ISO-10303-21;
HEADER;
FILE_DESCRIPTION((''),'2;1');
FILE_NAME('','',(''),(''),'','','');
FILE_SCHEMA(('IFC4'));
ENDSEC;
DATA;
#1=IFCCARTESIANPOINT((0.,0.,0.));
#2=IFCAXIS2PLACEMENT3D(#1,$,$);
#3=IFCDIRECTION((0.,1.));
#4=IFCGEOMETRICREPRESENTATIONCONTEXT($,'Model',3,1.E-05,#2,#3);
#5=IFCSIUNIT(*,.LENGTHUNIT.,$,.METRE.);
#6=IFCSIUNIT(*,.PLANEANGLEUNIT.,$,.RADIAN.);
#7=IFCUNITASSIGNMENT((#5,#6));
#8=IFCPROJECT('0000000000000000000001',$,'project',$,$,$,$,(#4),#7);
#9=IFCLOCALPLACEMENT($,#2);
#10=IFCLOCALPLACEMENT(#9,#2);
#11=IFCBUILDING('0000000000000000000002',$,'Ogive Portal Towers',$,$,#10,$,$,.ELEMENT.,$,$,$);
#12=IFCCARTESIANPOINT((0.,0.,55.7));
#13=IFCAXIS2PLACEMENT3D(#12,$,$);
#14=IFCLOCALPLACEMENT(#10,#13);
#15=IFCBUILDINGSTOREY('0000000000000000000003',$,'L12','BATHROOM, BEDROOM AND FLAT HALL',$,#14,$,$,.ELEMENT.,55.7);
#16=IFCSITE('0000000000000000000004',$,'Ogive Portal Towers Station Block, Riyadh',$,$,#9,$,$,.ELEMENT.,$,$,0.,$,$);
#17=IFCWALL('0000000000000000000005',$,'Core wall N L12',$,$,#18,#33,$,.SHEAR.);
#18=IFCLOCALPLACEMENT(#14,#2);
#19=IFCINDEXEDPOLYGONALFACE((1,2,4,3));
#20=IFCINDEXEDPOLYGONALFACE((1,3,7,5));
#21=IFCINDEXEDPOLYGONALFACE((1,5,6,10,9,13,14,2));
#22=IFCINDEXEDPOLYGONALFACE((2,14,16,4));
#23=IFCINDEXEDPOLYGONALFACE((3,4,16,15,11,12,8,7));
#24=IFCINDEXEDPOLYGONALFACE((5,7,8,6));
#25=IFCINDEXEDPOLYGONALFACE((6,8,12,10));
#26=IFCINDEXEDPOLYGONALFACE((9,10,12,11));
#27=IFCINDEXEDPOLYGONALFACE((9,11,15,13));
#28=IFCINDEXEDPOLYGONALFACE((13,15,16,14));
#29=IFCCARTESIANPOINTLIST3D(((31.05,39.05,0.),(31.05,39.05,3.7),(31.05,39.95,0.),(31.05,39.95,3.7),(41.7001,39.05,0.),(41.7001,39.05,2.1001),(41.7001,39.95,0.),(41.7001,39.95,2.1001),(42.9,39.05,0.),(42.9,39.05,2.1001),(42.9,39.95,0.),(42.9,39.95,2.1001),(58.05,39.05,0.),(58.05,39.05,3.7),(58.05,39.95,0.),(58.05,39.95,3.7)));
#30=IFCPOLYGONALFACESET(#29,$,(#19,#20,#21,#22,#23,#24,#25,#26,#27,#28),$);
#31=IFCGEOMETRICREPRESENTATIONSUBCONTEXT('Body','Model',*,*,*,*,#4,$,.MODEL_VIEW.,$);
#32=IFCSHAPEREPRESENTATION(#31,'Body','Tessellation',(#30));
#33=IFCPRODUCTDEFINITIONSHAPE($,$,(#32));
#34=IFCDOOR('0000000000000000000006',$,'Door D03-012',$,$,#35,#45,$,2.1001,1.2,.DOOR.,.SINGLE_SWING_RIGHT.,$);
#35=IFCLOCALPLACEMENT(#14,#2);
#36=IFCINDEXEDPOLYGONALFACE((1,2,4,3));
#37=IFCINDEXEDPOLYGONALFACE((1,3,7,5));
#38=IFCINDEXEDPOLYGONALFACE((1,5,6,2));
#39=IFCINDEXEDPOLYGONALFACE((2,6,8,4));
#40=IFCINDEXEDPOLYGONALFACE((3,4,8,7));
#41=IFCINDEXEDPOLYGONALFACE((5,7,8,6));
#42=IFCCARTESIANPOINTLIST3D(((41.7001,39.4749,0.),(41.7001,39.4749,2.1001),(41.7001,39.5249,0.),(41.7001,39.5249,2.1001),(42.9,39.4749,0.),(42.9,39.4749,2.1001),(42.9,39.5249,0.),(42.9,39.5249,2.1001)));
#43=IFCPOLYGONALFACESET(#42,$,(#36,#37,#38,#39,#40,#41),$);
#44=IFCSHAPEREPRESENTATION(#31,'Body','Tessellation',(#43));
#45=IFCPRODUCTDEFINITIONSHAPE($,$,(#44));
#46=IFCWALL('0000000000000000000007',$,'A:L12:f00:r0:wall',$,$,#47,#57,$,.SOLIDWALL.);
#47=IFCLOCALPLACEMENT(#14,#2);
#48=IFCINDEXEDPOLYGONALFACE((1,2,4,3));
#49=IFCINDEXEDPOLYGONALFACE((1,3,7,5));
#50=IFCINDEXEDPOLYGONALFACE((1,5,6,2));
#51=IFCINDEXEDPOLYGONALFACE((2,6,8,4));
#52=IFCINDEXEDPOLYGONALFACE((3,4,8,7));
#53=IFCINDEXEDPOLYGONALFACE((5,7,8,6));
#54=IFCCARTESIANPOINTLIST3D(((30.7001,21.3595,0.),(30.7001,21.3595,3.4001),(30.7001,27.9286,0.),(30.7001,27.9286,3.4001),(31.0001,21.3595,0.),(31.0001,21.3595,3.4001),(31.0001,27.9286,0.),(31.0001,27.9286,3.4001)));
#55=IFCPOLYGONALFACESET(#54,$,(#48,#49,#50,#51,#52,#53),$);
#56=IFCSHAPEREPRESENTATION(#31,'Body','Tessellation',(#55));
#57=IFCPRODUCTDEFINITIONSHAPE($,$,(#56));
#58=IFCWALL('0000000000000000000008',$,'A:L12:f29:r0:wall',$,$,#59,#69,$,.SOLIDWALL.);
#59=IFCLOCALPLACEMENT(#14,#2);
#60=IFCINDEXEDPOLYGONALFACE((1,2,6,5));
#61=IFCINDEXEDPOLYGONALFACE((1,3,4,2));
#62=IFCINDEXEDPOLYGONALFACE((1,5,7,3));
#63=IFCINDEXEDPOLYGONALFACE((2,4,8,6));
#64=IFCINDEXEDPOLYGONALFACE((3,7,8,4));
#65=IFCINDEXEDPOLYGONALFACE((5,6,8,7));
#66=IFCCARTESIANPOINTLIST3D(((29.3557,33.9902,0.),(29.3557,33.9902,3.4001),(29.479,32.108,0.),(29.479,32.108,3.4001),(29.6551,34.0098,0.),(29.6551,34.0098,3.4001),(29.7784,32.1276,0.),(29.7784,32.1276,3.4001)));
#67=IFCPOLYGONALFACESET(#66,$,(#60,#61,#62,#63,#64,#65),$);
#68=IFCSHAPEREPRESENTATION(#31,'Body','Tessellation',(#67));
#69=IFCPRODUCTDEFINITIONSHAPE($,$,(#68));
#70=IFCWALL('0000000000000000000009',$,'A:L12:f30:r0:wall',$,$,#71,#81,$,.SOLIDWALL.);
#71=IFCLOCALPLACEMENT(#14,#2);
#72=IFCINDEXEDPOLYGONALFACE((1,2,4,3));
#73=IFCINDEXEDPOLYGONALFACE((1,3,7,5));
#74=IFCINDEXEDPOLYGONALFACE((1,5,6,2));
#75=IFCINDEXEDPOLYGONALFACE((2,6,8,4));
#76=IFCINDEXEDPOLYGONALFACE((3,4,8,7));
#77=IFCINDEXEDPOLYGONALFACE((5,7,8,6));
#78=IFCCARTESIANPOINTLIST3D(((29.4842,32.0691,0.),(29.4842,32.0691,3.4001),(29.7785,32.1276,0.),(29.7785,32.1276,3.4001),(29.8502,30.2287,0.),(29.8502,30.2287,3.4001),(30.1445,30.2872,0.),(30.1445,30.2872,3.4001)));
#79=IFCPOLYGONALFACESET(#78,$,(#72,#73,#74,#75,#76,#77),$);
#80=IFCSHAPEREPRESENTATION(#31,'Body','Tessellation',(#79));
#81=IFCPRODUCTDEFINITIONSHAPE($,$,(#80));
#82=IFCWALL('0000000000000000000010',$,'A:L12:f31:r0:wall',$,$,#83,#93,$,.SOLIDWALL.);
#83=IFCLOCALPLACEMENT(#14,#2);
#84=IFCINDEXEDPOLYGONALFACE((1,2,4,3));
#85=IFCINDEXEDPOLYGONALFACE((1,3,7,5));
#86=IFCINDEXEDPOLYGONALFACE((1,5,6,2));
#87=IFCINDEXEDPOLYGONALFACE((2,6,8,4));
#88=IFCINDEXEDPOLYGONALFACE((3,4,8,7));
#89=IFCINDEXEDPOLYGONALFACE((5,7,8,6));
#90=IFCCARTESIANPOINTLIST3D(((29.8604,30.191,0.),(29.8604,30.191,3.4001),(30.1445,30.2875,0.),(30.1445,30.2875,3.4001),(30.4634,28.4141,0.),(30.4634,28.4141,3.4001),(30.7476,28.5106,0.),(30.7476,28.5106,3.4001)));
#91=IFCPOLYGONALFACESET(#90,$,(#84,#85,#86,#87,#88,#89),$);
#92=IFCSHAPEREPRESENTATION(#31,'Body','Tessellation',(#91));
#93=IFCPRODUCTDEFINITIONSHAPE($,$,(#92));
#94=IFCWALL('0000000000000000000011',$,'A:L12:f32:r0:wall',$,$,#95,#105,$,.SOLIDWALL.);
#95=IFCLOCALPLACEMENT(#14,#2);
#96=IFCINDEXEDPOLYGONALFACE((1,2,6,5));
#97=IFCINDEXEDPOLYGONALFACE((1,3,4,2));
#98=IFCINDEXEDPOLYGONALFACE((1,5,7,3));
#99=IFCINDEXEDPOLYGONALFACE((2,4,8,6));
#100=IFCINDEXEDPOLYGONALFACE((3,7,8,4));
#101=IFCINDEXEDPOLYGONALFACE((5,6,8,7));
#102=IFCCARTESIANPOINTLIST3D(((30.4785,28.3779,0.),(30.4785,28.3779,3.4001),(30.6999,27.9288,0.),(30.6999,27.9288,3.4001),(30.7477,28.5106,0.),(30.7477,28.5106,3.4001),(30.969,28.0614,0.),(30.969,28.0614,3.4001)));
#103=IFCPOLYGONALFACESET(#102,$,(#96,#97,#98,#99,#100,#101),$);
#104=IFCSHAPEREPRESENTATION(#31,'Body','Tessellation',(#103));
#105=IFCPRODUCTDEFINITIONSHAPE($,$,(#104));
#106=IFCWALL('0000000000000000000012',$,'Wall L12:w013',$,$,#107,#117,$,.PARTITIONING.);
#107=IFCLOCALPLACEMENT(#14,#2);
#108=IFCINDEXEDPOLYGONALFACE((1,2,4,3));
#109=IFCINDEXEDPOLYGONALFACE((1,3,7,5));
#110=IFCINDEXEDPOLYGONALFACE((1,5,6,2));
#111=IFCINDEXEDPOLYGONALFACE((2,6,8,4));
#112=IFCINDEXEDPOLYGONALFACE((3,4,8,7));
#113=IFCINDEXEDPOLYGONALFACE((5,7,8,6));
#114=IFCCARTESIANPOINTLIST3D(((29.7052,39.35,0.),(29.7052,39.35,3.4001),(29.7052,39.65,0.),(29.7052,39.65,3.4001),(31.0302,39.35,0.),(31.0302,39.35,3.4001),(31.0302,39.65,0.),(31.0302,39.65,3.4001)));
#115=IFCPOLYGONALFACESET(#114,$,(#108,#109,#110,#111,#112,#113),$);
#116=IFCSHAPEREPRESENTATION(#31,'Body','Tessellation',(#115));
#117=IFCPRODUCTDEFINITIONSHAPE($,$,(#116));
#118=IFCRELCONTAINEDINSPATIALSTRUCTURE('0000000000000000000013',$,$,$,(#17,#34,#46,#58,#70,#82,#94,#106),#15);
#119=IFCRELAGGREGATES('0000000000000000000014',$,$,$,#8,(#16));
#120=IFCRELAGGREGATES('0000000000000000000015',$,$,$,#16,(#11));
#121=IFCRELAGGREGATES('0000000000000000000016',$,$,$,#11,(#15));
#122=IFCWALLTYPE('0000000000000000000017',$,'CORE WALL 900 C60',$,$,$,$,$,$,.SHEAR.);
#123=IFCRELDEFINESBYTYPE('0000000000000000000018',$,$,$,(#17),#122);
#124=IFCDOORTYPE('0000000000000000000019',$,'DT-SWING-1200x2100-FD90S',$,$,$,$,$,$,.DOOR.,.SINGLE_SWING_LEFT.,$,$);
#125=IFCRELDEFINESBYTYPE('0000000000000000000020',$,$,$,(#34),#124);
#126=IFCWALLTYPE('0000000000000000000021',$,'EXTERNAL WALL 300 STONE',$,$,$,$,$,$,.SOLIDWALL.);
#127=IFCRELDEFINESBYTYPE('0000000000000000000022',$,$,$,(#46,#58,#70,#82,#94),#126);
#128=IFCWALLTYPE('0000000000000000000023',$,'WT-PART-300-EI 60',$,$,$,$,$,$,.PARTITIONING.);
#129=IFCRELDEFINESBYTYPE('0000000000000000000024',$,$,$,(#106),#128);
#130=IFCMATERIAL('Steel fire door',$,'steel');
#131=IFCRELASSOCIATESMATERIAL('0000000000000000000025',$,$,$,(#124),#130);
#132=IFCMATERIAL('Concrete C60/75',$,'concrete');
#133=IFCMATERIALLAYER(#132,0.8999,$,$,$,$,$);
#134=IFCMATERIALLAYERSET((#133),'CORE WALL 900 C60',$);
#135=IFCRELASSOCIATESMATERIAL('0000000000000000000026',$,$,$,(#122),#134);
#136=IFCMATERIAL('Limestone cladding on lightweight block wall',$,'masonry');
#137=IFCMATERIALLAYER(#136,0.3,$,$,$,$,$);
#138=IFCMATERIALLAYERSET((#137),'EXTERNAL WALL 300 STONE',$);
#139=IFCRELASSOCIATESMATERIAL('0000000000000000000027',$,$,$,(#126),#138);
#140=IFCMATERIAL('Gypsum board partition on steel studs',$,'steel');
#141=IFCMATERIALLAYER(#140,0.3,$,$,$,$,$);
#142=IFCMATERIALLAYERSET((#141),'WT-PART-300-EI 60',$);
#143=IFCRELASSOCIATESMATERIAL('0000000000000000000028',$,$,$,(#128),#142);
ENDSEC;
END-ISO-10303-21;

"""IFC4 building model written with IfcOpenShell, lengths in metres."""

from ifc_helpers import new_model, si_unit, direction, frame, frame_2d, origin, place, context, subcontext, project, spatial, rectangle, extrude, material, layer, layer_set, type_object, element, fill, save


model = new_model("IFC4")

# Units and contexts
model_context = context("Model", 3, precision=1e-05, world=origin(), true_north=direction((0.0, 1.0)))
body_context = subcontext(model_context, "Body", "Model", "MODEL_VIEW")
ifc_project = project(units=[si_unit("LENGTHUNIT", "METRE"), si_unit("PLANEANGLEUNIT", "RADIAN")], contexts=[model_context])

# Site, building, storey
site_placement = place(None, origin())
site = spatial("IfcSite", under=ifc_project, at=site_placement, Name="Ogive Portal Towers Station Block, Riyadh", CompositionType="ELEMENT", RefElevation=0.0)
building_placement = place(site_placement, origin())
building = spatial("IfcBuilding", under=site, at=building_placement, Name="Ogive Portal Towers", CompositionType="ELEMENT")
storey_placement = place(building_placement, frame((0.0, 0.0, 55.7)))
storey = spatial("IfcBuildingStorey", under=building, at=storey_placement, Name="L12", Description="BATHROOM, BEDROOM AND FLAT HALL", CompositionType="ELEMENT", Elevation=55.7)

# Shared definitions
ifc_material_1 = material(Name="Concrete C60/75", Category="concrete")
ifc_material_2 = material(Name="Steel fire door", Category="steel")
door_type_1 = type_object("IfcDoorType", Name="DT-SWING-1200x2100-FD90S", OperationType="SINGLE_SWING_LEFT", PredefinedType="DOOR", material=ifc_material_2)

# Shared definitions
ifc_layer_1 = layer(ifc_material_1, 0.8999)
ifc_layer_set_1 = layer_set([ifc_layer_1], Name="CORE WALL 900 C60")
wall_type_1 = type_object("IfcWallType", Name="CORE WALL 900 C60", PredefinedType="SHEAR", material=ifc_layer_set_1)

# Wall, opening, door
wall_1_placement = place(storey_placement, frame((31.05, 39.5, 0.0), z_axis=(0.0, 0.0, 1.0), x_axis=(1.0, 0.0, 0.0)))
wall_1 = element("IfcWall", 1, at=wall_1_placement, inside=storey, type_object=wall_type_1, Name="Core wall N L12", PredefinedType="SHEAR", context=body_context, shape_type="SweptSolid", body=[
    extrude(rectangle(XDim=27.0, YDim=0.8999, at=frame_2d((13.5, 0.0))), origin(), (0.0, 0.0, 1.0), 3.7),
])
opening_1_placement = place(wall_1_placement, frame((10.6499, 0.0, 0.0)))
opening_1 = element("IfcOpeningElement", 2, at=opening_1_placement, cuts=wall_1, PredefinedType="OPENING", context=body_context, shape_type="SweptSolid", body=[
    extrude(rectangle(XDim=1.2, YDim=2.1001, at=frame_2d((0.6001, 1.05))), frame((0.0, 0.46, 0.0), z_axis=(0.0, -1.0, 0.0), x_axis=(1.0, 0.0, 0.0)), (0.0, 0.0, 1.0), 0.9199),
])
door_1_placement = place(opening_1_placement, origin())
door_1 = element("IfcDoor", 3, at=door_1_placement, inside=storey, type_object=door_type_1, Name="Door D03-012", OperationType="SINGLE_SWING_RIGHT", OverallHeight=2.1001, OverallWidth=1.2, PredefinedType="DOOR", context=body_context, shape_type="SweptSolid", body=[
    extrude(rectangle(XDim=1.2, YDim=2.1001, at=frame_2d((0.6001, 1.05))), frame((0.0, 0.0249, 0.0), z_axis=(0.0, -1.0, 0.0), x_axis=(1.0, 0.0, 0.0)), (0.0, 0.0, 1.0), 0.05),
])
fill(opening_1, door_1)

# Walls
ifc_material_3 = material(Name="Limestone cladding on lightweight block wall", Category="masonry")
ifc_layer_2 = layer(ifc_material_3, 0.3)
ifc_layer_set_2 = layer_set([ifc_layer_2], Name="EXTERNAL WALL 300 STONE")
wall_type_2 = type_object("IfcWallType", Name="EXTERNAL WALL 300 STONE", PredefinedType="SOLIDWALL", material=ifc_layer_set_2)
wall_2_placement = place(storey_placement, frame((30.8501, 27.9287, 0.0), z_axis=(0.0, 0.0, 1.0), x_axis=(0.0, -1.0, 0.0)))
element("IfcWall", 4, at=wall_2_placement, inside=storey, type_object=wall_type_2, Name="A:L12:f00:r0:wall", PredefinedType="SOLIDWALL", context=body_context, shape_type="SweptSolid", body=[
    extrude(rectangle(XDim=6.5691, YDim=0.3, at=frame_2d((3.2847, 0.0))), origin(), (0.0, 0.0, 1.0), 3.4001),
])
wall_3_placement = place(storey_placement, frame((29.5054, 34.0, 0.0), z_axis=(0.0, 0.0, 1.0), x_axis=(0.065368, -0.997861, 0.0)))
element("IfcWall", 5, at=wall_3_placement, inside=storey, type_object=wall_type_2, Name="A:L12:f29:r0:wall", PredefinedType="SOLIDWALL", context=body_context, shape_type="SweptSolid", body=[
    extrude(rectangle(XDim=1.8862, YDim=0.3, at=frame_2d((0.9431, 0.0))), origin(), (0.0, 0.0, 1.0), 3.4001),
])
for number, where, z_axis, x_axis, name in (
    (6, (29.6313, 32.0984, 0.0), (0.0, 0.0, 1.0), (0.19504, -0.980795, 0.0), "A:L12:f30:r0:wall"),
    (7, (30.0024, 30.2393, 0.0), (0.0, 0.0, 1.0), (0.321376, -0.946952, 0.0), "A:L12:f31:r0:wall"),
):
    element("IfcWall", number, at=place(storey_placement, frame(where, z_axis=z_axis, x_axis=x_axis)), inside=storey, type_object=wall_type_2, Name=name, PredefinedType="SOLIDWALL", context=body_context, shape_type="SweptSolid", body=[
        extrude(rectangle(XDim=1.8765, YDim=0.3, at=frame_2d((0.9382, 0.0))), origin(), (0.0, 0.0, 1.0), 3.4001),
    ])
wall_4_placement = place(storey_placement, frame((30.613, 28.4443, 0.0), z_axis=(0.0, 0.0, 1.0), x_axis=(0.442137, -0.896948, 0.0)))
element("IfcWall", 8, at=wall_4_placement, inside=storey, type_object=wall_type_2, Name="A:L12:f32:r0:wall", PredefinedType="SOLIDWALL", context=body_context, shape_type="SweptSolid", body=[
    extrude(rectangle(XDim=0.5007, YDim=0.3, at=frame_2d((0.2505, 0.0))), origin(), (0.0, 0.0, 1.0), 3.4001),
])
ifc_material_4 = material(Name="Gypsum board partition on steel studs", Category="steel")
ifc_layer_3 = layer(ifc_material_4, 0.3)
ifc_layer_set_3 = layer_set([ifc_layer_3], Name="WT-PART-300-EI 60")
wall_type_3 = type_object("IfcWallType", Name="WT-PART-300-EI 60", PredefinedType="PARTITIONING", material=ifc_layer_set_3)
wall_5_placement = place(storey_placement, frame((29.7051, 39.5, 0.0), z_axis=(0.0, 0.0, 1.0), x_axis=(1.0, 0.0, 0.0)))
element("IfcWall", 9, at=wall_5_placement, inside=storey, type_object=wall_type_3, Name="Wall L12:w013", PredefinedType="PARTITIONING", context=body_context, shape_type="SweptSolid", body=[
    extrude(rectangle(XDim=1.325, YDim=0.3, at=frame_2d((0.6626, 0.0))), origin(), (0.0, 0.0, 1.0), 3.4001),
])

save(model, "model.ifc")
